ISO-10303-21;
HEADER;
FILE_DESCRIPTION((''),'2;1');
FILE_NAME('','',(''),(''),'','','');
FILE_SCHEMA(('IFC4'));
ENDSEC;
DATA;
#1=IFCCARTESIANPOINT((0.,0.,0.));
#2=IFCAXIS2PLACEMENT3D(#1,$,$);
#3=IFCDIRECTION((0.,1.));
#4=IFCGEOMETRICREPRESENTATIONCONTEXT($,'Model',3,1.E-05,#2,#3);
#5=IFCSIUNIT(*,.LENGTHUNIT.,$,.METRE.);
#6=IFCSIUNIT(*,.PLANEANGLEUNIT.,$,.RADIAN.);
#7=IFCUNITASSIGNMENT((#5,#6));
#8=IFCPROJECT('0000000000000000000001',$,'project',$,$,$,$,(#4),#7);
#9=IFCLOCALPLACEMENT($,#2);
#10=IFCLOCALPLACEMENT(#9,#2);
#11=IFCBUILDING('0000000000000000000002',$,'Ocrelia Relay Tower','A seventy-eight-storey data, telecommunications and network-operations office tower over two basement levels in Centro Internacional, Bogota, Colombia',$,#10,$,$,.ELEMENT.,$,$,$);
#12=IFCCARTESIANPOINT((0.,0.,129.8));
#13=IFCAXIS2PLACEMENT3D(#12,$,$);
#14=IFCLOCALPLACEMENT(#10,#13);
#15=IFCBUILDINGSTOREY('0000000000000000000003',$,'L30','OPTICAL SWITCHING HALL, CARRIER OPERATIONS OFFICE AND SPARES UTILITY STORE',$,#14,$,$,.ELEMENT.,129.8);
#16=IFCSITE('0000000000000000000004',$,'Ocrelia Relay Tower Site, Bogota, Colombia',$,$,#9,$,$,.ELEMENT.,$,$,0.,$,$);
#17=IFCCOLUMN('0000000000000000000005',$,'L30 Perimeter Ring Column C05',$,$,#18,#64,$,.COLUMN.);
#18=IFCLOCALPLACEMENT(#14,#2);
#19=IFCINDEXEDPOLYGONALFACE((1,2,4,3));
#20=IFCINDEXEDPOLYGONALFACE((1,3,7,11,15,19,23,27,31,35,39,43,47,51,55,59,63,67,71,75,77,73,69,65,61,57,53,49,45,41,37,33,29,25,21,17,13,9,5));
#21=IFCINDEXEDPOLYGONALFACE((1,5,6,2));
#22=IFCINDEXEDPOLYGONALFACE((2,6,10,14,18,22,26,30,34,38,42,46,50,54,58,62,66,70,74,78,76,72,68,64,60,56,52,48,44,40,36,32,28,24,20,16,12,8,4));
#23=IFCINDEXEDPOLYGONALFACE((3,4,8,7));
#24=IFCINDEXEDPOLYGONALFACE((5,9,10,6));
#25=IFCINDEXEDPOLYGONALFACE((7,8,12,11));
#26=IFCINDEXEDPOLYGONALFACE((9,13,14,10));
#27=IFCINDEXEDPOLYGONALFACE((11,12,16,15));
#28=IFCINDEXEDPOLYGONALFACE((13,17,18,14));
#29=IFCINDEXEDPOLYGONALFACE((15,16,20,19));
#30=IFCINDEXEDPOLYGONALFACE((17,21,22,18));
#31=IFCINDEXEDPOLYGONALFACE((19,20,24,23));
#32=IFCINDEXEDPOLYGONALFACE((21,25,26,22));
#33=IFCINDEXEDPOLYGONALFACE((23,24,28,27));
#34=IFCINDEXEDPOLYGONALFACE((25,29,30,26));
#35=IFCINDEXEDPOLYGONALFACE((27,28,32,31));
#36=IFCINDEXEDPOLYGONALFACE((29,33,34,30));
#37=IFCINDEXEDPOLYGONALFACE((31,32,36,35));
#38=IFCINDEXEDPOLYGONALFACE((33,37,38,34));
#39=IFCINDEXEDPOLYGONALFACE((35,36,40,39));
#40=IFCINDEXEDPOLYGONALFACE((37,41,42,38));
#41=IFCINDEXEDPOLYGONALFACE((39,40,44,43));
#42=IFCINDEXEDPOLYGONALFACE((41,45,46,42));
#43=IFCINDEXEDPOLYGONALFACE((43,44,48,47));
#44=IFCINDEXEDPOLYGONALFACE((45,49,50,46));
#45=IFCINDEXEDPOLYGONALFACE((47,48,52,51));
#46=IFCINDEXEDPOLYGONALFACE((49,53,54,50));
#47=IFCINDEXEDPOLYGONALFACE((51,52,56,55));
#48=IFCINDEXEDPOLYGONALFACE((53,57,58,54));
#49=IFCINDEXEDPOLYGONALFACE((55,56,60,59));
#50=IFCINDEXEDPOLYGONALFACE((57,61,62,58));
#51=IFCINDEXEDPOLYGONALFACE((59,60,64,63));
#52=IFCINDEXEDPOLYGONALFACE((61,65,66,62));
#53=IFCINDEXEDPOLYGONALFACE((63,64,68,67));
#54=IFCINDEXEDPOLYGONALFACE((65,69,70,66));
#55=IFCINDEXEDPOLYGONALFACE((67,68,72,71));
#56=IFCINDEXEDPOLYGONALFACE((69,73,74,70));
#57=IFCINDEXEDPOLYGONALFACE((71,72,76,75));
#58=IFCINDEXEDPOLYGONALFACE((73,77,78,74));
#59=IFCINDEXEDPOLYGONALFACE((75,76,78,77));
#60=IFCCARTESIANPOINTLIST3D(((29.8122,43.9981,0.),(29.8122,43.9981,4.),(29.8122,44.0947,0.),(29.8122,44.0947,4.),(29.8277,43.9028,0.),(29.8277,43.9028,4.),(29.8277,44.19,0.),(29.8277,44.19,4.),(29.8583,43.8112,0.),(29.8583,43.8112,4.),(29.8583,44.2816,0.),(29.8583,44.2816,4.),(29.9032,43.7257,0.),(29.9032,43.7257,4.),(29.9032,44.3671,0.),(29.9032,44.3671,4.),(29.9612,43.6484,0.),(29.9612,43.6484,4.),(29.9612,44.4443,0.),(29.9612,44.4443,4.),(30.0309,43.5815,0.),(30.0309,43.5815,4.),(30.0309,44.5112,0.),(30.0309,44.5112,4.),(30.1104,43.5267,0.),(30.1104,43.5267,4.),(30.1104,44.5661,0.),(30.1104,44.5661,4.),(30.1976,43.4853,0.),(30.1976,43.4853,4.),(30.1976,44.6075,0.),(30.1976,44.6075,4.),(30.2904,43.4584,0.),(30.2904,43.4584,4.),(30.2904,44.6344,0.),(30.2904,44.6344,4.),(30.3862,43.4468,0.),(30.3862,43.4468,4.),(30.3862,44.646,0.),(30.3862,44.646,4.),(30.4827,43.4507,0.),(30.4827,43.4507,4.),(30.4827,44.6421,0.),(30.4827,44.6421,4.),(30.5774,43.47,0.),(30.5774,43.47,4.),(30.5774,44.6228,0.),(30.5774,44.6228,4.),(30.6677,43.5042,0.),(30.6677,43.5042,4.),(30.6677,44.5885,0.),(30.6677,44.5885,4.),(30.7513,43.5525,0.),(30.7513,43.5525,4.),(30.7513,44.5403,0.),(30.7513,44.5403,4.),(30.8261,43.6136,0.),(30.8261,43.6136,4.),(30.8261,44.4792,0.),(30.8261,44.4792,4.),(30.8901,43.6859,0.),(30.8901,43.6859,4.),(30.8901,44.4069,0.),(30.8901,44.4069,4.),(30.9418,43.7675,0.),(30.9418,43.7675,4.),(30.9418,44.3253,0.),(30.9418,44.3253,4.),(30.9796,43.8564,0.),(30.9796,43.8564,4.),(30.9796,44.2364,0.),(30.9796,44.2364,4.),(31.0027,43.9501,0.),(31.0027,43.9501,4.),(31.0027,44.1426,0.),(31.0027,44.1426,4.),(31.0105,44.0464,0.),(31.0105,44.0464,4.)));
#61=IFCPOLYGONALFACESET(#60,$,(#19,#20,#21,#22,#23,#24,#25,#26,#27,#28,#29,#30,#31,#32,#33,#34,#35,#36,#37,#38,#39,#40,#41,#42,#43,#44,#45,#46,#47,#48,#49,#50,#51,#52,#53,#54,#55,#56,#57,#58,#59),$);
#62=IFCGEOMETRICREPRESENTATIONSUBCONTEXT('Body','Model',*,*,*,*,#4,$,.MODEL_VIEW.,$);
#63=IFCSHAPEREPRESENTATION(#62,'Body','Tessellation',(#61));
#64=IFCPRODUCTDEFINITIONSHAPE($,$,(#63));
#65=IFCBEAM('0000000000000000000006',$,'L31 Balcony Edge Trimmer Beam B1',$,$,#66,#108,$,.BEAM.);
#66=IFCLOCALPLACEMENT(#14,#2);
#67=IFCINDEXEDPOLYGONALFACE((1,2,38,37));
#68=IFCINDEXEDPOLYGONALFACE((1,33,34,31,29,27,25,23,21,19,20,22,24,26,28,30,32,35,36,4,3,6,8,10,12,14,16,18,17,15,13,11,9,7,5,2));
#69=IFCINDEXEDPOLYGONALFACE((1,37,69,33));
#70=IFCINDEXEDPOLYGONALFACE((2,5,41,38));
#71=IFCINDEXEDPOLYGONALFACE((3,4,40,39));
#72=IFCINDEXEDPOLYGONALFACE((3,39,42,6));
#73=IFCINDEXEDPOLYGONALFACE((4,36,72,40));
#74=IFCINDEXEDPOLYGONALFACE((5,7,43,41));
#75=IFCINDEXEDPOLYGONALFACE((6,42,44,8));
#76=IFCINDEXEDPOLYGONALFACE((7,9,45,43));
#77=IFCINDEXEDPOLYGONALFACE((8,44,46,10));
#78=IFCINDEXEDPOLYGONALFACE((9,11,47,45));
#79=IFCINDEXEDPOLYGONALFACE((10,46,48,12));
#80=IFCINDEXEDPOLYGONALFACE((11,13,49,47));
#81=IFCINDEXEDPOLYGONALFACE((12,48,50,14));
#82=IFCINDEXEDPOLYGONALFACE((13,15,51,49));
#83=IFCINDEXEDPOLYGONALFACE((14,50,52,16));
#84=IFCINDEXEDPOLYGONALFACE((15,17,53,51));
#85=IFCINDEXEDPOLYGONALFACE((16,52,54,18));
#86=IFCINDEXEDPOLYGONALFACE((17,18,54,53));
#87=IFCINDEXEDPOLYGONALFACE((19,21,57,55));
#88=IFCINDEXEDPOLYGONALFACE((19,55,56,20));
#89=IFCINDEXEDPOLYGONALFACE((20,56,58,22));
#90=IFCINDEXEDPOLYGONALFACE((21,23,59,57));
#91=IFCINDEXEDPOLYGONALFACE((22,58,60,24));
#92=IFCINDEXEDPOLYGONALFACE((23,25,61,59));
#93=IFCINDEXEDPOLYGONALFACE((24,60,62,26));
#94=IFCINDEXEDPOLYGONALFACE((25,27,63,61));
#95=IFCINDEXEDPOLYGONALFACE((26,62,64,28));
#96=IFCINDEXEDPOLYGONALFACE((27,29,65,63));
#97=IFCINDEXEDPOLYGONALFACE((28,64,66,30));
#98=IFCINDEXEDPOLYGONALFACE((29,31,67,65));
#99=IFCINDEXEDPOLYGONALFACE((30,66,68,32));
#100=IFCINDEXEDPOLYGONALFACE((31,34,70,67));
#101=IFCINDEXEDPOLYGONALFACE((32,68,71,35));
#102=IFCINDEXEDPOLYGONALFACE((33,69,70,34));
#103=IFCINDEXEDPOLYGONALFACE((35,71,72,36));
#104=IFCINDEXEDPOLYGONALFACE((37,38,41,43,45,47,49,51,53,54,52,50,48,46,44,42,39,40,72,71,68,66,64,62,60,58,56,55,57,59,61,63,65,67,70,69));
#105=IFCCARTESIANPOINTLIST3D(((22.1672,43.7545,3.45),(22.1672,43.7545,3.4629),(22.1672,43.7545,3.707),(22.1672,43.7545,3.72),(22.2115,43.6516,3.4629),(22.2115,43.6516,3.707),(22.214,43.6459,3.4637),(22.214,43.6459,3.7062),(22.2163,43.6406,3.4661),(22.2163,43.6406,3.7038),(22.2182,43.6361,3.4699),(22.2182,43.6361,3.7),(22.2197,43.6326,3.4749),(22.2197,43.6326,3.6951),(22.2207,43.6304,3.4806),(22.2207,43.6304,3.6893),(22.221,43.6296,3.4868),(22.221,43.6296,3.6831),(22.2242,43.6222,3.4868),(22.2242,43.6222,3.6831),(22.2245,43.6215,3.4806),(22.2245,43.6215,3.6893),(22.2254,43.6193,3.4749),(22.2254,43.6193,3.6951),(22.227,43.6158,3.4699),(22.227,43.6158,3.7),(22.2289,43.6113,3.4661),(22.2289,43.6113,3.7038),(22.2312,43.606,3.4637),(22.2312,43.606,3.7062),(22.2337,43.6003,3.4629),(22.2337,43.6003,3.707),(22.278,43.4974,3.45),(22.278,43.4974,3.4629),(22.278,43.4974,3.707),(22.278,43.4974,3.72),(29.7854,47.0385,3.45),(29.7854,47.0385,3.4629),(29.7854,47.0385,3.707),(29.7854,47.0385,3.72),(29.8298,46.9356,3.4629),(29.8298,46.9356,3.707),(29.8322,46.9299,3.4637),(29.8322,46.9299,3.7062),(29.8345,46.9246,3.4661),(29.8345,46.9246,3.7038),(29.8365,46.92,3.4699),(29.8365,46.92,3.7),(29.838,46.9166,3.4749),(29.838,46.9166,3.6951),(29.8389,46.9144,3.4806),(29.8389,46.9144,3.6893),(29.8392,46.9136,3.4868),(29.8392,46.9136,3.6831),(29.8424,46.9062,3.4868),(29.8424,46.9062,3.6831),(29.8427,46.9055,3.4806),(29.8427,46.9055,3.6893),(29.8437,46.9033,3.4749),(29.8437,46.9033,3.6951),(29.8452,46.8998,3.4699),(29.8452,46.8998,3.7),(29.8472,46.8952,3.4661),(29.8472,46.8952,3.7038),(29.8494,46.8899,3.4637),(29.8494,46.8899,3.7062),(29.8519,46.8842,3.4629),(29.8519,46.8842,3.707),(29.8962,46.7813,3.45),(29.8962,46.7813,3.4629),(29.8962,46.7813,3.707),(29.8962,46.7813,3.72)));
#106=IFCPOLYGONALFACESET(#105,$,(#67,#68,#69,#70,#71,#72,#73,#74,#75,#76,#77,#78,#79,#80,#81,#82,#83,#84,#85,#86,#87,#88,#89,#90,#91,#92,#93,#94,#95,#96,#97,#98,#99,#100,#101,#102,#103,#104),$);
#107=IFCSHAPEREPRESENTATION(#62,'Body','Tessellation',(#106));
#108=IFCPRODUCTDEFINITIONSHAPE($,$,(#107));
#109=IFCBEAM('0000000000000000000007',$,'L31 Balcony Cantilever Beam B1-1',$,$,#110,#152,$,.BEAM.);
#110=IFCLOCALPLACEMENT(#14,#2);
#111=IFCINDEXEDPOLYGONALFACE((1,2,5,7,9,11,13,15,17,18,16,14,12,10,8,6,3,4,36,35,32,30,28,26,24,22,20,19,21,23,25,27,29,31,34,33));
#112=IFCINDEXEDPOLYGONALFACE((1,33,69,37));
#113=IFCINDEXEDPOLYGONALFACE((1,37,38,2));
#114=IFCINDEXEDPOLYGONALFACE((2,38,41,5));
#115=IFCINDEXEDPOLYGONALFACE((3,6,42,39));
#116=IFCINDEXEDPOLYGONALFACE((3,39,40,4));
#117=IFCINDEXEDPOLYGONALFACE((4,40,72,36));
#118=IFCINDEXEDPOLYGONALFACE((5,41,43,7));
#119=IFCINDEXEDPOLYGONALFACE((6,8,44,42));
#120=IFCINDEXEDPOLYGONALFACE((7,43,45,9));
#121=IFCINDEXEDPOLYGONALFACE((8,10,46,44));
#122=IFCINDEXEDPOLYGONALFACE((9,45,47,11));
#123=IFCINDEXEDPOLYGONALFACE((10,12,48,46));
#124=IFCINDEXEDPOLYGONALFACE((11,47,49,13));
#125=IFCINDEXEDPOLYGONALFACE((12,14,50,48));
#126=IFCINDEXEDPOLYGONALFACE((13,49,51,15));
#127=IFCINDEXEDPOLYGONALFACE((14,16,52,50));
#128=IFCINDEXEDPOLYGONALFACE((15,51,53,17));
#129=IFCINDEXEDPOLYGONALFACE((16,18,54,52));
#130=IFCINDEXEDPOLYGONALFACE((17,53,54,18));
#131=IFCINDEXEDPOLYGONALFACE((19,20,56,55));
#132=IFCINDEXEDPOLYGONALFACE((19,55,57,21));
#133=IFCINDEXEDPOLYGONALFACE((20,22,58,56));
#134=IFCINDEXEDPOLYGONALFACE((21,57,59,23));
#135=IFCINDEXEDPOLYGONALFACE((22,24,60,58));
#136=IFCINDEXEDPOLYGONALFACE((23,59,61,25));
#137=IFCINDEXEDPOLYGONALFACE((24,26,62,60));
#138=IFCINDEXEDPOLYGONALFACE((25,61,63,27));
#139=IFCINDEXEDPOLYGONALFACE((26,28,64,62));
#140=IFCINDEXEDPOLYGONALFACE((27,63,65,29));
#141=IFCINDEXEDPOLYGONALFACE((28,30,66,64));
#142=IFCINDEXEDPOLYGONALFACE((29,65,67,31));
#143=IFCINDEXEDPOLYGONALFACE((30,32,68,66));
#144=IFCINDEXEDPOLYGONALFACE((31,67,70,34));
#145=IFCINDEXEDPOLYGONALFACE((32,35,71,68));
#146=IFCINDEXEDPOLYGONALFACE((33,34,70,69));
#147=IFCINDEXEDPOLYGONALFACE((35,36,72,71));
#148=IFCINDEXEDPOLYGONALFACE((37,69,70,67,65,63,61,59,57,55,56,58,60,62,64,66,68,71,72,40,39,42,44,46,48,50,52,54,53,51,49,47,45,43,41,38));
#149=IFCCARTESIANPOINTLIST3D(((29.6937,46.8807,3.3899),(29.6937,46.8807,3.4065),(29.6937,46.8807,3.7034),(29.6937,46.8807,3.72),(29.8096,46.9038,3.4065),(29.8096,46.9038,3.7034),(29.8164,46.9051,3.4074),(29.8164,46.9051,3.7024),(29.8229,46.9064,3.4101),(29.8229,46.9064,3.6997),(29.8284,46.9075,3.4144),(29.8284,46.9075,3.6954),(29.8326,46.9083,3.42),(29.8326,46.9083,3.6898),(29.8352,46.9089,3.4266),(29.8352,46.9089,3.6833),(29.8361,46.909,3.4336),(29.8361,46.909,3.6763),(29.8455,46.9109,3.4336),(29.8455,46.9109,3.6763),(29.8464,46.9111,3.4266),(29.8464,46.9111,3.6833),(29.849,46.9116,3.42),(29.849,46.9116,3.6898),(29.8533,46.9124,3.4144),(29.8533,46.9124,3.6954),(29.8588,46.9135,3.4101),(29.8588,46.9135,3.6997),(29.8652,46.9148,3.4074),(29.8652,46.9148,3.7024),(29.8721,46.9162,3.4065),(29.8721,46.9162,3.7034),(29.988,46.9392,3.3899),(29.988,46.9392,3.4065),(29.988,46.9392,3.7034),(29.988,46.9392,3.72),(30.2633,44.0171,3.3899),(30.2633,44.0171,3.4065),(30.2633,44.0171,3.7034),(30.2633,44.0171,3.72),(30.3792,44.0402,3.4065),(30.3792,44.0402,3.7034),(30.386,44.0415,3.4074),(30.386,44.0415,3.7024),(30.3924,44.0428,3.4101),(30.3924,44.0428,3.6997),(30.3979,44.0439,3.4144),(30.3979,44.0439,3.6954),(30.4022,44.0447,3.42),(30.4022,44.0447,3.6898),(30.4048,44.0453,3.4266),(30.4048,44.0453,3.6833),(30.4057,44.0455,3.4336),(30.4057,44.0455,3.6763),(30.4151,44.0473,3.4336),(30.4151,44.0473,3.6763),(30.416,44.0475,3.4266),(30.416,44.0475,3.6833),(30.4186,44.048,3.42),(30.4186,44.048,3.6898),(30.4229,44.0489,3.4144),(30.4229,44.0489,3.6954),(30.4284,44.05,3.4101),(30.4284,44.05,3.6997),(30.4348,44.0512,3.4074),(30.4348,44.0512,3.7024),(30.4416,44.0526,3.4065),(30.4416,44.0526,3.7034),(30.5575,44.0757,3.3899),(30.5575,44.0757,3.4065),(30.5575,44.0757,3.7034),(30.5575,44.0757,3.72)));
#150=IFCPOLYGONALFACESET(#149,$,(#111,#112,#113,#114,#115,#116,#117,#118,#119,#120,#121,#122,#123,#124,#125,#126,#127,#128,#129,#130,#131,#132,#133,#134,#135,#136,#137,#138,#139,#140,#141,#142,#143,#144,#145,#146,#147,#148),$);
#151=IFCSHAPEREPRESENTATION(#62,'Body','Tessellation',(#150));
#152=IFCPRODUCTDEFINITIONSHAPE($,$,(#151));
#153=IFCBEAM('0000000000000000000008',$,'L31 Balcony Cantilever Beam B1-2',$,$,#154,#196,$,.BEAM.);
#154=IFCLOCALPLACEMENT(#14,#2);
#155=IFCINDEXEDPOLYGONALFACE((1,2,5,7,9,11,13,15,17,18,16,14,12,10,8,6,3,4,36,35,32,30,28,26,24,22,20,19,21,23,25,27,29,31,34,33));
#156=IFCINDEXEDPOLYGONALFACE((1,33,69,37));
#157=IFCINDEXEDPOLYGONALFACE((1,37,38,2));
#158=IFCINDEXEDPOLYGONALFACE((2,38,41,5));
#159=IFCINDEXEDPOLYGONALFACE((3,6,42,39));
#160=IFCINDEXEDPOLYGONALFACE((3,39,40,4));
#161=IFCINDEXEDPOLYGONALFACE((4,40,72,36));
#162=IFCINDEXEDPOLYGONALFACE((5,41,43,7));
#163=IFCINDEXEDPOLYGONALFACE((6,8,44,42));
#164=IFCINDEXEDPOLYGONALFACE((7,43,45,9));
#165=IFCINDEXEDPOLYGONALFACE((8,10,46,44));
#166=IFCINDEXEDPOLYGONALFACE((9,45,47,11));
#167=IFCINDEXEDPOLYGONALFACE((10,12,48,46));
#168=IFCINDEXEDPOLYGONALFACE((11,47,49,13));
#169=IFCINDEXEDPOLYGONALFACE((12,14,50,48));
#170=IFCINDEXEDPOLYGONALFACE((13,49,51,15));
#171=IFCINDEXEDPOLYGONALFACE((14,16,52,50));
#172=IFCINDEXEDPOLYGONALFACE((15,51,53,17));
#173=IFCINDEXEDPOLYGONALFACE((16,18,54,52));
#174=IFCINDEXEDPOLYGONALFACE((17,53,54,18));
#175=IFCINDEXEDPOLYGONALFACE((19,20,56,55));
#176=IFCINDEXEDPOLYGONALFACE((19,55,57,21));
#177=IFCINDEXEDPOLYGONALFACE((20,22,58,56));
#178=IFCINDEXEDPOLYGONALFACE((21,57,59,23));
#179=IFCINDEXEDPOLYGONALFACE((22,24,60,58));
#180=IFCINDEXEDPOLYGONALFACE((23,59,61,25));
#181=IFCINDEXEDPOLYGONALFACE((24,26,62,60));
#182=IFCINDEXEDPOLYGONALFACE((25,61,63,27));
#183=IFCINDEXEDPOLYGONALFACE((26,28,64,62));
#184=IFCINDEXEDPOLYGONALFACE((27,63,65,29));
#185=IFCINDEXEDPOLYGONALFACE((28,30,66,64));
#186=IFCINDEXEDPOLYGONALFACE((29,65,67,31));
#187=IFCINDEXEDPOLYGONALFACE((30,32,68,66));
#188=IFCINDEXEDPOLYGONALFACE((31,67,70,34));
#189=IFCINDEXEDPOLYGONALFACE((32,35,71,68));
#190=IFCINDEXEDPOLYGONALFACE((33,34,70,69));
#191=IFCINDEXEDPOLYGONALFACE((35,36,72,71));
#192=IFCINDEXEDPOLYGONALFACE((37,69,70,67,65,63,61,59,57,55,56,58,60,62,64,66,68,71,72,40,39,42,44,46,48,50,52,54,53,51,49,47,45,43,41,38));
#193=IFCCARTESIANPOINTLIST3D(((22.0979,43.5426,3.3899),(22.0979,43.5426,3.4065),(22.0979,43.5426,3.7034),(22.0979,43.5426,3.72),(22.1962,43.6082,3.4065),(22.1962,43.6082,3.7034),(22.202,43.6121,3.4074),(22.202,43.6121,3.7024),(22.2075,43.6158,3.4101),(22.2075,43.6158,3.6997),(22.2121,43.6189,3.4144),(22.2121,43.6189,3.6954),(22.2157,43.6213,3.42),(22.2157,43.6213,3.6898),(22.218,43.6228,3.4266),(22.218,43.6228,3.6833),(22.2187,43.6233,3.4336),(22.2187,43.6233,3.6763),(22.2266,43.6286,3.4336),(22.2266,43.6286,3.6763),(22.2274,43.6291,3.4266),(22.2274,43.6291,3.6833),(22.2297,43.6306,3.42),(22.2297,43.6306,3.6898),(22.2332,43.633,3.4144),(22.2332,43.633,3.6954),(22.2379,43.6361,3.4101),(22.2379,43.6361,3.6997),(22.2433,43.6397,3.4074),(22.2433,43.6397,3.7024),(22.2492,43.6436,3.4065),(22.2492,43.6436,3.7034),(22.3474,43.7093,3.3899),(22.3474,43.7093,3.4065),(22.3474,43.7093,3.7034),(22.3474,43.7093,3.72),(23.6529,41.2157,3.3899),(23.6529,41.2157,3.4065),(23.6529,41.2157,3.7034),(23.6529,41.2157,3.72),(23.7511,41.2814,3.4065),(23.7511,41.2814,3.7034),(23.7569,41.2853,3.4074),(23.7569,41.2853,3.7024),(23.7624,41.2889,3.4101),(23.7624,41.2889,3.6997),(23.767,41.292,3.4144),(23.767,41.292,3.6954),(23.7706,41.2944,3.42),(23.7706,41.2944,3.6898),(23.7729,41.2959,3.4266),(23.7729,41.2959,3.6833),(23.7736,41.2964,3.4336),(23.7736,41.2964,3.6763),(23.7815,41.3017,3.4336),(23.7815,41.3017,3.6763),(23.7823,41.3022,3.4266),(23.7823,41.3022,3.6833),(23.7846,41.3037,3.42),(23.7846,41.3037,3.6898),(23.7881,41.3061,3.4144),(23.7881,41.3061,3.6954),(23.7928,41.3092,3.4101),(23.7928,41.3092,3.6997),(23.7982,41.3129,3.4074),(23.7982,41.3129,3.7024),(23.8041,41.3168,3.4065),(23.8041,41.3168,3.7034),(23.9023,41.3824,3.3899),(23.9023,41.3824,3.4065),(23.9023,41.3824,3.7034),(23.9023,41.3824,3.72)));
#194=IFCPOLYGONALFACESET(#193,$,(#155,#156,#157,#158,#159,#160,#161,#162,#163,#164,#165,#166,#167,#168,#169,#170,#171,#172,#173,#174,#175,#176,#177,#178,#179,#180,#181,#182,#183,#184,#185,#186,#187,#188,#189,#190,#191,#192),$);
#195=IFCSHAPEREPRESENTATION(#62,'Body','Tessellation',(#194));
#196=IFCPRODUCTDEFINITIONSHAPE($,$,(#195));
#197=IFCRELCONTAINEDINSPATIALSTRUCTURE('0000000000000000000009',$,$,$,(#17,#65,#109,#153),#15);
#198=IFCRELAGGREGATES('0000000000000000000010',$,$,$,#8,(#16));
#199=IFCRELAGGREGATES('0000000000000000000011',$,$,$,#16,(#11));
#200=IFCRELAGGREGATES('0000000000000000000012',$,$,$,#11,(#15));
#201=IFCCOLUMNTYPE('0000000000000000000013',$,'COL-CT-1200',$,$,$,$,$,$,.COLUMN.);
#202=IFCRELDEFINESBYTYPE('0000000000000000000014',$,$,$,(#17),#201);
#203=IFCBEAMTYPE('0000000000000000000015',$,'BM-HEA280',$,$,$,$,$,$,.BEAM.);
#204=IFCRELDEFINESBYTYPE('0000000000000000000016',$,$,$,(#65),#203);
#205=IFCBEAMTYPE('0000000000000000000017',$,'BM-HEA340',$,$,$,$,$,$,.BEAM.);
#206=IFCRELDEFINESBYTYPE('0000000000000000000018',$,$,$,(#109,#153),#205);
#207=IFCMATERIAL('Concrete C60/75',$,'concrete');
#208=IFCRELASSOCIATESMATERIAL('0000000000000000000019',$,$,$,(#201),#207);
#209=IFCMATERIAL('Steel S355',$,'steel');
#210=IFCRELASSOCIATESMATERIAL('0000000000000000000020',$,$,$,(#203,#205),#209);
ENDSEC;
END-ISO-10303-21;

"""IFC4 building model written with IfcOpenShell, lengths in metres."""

from ifc_helpers import new_model, si_unit, direction, frame, origin, origin_2d, place, context, subcontext, project, spatial, circle, i_section, extrude, material, material_profile, profile_set, type_object, element, save


model = new_model("IFC4")

# Units and contexts
model_context = context("Model", 3, precision=1e-05, world=origin(), true_north=direction((0.0, 1.0)))
body_context = subcontext(model_context, "Body", "Model", "MODEL_VIEW")
ifc_project = project(units=[si_unit("LENGTHUNIT", "METRE"), si_unit("PLANEANGLEUNIT", "RADIAN")], contexts=[model_context])

# Site, building, storey
site_placement = place(None, origin())
site = spatial("IfcSite", under=ifc_project, at=site_placement, Name="Ocrelia Relay Tower Site, Bogota, Colombia", CompositionType="ELEMENT", RefElevation=0.0)
building_placement = place(site_placement, origin())
building = spatial("IfcBuilding", under=site, at=building_placement, Name="Ocrelia Relay Tower", Description="A seventy-eight-storey data, telecommunications and network-operations office tower over two basement levels in Centro Internacional, Bogota, Colombia", CompositionType="ELEMENT")
storey_placement = place(building_placement, frame((0.0, 0.0, 129.8)))
storey = spatial("IfcBuildingStorey", under=building, at=storey_placement, Name="L30", Description="OPTICAL SWITCHING HALL, CARRIER OPERATIONS OFFICE AND SPARES UTILITY STORE", CompositionType="ELEMENT", Elevation=129.8)

# Column
ifc_material_1 = material(Name="Concrete C60/75", Category="concrete")
ifc_material_profile_1 = material_profile(ifc_material_1, circle(Radius=0.6001, at=origin_2d()), Name="RC-CIR-1200")
ifc_profile_set_1 = profile_set([ifc_material_profile_1], Name="Concrete C60/75")
column_type = type_object("IfcColumnType", Name="COL-CT-1200", PredefinedType="COLUMN", material=ifc_profile_set_1)
column_placement = place(storey_placement, frame((30.4104, 44.0464, 0.0), z_axis=(0.0, 0.0, 1.0), x_axis=(1.0, 0.0, 0.0)))
element("IfcColumn", 1, at=column_placement, inside=storey, type_object=column_type, Name="L30 Perimeter Ring Column C05", PredefinedType="COLUMN", context=body_context, shape_type="SweptSolid", body=[
    extrude(circle(Radius=0.6001, at=origin_2d()), origin(), (0.0, 0.0, 1.0), 4.0),
])

# Beams
ifc_material_2 = material(Name="Steel S355", Category="steel")
ifc_material_profile_2 = material_profile(ifc_material_2, i_section(OverallWidth=0.28, OverallDepth=0.27, WebThickness=0.0081, FlangeThickness=0.0129, FilletRadius=0.0239, at=origin_2d()), Name="HEA 280")
ifc_profile_set_2 = profile_set([ifc_material_profile_2], Name="Steel S355")
beam_type_1 = type_object("IfcBeamType", Name="BM-HEA280", PredefinedType="BEAM", material=ifc_profile_set_2)
beam_1_placement = place(storey_placement, frame((29.8408, 46.9099, 3.585), z_axis=(-0.918313, -0.395854, 0.0), x_axis=(0.395854, -0.918313, 0.0)))
element("IfcBeam", 2, at=beam_1_placement, inside=storey, type_object=beam_type_1, Name="L31 Balcony Edge Trimmer Beam B1", PredefinedType="BEAM", context=body_context, shape_type="SweptSolid", body=[
    extrude(i_section(OverallWidth=0.28, OverallDepth=0.27, WebThickness=0.0081, FlangeThickness=0.0129, FilletRadius=0.0239, at=origin_2d()), origin(), (0.0, 0.0, 1.0), 8.2959),
])
ifc_material_profile_3 = material_profile(ifc_material_2, i_section(OverallWidth=0.3, OverallDepth=0.3301, WebThickness=0.0095, FlangeThickness=0.0166, FilletRadius=0.0271, at=origin_2d()), Name="HEA 340")
ifc_profile_set_3 = profile_set([ifc_material_profile_3], Name="Steel S355")
beam_type_2 = type_object("IfcBeamType", Name="BM-HEA340", PredefinedType="BEAM", material=ifc_profile_set_3)
beam_2_placement = place(storey_placement, frame((30.4104, 44.0464, 3.5549), z_axis=(-0.195087, 0.980786, 0.0), x_axis=(-0.980786, -0.195087, 0.0)))
element("IfcBeam", 3, at=beam_2_placement, inside=storey, type_object=beam_type_2, Name="L31 Balcony Cantilever Beam B1-1", PredefinedType="BEAM", context=body_context, shape_type="SweptSolid", body=[
    extrude(i_section(OverallWidth=0.3, OverallDepth=0.3301, WebThickness=0.0095, FlangeThickness=0.0166, FilletRadius=0.0271, at=origin_2d()), origin(), (0.0, 0.0, 1.0), 2.9197),
])
beam_3_placement = place(storey_placement, frame((23.7776, 41.2991, 3.5549), z_axis=(-0.555606, 0.831446, 0.0), x_axis=(-0.831446, -0.555606, 0.0)))
element("IfcBeam", 4, at=beam_3_placement, inside=storey, type_object=beam_type_2, Name="L31 Balcony Cantilever Beam B1-2", PredefinedType="BEAM", context=body_context, shape_type="SweptSolid", body=[
    extrude(i_section(OverallWidth=0.3, OverallDepth=0.3301, WebThickness=0.0095, FlangeThickness=0.0166, FilletRadius=0.0271, at=origin_2d()), origin(), (0.0, 0.0, 1.0), 2.7986),
])

save(model, "model.ifc")
